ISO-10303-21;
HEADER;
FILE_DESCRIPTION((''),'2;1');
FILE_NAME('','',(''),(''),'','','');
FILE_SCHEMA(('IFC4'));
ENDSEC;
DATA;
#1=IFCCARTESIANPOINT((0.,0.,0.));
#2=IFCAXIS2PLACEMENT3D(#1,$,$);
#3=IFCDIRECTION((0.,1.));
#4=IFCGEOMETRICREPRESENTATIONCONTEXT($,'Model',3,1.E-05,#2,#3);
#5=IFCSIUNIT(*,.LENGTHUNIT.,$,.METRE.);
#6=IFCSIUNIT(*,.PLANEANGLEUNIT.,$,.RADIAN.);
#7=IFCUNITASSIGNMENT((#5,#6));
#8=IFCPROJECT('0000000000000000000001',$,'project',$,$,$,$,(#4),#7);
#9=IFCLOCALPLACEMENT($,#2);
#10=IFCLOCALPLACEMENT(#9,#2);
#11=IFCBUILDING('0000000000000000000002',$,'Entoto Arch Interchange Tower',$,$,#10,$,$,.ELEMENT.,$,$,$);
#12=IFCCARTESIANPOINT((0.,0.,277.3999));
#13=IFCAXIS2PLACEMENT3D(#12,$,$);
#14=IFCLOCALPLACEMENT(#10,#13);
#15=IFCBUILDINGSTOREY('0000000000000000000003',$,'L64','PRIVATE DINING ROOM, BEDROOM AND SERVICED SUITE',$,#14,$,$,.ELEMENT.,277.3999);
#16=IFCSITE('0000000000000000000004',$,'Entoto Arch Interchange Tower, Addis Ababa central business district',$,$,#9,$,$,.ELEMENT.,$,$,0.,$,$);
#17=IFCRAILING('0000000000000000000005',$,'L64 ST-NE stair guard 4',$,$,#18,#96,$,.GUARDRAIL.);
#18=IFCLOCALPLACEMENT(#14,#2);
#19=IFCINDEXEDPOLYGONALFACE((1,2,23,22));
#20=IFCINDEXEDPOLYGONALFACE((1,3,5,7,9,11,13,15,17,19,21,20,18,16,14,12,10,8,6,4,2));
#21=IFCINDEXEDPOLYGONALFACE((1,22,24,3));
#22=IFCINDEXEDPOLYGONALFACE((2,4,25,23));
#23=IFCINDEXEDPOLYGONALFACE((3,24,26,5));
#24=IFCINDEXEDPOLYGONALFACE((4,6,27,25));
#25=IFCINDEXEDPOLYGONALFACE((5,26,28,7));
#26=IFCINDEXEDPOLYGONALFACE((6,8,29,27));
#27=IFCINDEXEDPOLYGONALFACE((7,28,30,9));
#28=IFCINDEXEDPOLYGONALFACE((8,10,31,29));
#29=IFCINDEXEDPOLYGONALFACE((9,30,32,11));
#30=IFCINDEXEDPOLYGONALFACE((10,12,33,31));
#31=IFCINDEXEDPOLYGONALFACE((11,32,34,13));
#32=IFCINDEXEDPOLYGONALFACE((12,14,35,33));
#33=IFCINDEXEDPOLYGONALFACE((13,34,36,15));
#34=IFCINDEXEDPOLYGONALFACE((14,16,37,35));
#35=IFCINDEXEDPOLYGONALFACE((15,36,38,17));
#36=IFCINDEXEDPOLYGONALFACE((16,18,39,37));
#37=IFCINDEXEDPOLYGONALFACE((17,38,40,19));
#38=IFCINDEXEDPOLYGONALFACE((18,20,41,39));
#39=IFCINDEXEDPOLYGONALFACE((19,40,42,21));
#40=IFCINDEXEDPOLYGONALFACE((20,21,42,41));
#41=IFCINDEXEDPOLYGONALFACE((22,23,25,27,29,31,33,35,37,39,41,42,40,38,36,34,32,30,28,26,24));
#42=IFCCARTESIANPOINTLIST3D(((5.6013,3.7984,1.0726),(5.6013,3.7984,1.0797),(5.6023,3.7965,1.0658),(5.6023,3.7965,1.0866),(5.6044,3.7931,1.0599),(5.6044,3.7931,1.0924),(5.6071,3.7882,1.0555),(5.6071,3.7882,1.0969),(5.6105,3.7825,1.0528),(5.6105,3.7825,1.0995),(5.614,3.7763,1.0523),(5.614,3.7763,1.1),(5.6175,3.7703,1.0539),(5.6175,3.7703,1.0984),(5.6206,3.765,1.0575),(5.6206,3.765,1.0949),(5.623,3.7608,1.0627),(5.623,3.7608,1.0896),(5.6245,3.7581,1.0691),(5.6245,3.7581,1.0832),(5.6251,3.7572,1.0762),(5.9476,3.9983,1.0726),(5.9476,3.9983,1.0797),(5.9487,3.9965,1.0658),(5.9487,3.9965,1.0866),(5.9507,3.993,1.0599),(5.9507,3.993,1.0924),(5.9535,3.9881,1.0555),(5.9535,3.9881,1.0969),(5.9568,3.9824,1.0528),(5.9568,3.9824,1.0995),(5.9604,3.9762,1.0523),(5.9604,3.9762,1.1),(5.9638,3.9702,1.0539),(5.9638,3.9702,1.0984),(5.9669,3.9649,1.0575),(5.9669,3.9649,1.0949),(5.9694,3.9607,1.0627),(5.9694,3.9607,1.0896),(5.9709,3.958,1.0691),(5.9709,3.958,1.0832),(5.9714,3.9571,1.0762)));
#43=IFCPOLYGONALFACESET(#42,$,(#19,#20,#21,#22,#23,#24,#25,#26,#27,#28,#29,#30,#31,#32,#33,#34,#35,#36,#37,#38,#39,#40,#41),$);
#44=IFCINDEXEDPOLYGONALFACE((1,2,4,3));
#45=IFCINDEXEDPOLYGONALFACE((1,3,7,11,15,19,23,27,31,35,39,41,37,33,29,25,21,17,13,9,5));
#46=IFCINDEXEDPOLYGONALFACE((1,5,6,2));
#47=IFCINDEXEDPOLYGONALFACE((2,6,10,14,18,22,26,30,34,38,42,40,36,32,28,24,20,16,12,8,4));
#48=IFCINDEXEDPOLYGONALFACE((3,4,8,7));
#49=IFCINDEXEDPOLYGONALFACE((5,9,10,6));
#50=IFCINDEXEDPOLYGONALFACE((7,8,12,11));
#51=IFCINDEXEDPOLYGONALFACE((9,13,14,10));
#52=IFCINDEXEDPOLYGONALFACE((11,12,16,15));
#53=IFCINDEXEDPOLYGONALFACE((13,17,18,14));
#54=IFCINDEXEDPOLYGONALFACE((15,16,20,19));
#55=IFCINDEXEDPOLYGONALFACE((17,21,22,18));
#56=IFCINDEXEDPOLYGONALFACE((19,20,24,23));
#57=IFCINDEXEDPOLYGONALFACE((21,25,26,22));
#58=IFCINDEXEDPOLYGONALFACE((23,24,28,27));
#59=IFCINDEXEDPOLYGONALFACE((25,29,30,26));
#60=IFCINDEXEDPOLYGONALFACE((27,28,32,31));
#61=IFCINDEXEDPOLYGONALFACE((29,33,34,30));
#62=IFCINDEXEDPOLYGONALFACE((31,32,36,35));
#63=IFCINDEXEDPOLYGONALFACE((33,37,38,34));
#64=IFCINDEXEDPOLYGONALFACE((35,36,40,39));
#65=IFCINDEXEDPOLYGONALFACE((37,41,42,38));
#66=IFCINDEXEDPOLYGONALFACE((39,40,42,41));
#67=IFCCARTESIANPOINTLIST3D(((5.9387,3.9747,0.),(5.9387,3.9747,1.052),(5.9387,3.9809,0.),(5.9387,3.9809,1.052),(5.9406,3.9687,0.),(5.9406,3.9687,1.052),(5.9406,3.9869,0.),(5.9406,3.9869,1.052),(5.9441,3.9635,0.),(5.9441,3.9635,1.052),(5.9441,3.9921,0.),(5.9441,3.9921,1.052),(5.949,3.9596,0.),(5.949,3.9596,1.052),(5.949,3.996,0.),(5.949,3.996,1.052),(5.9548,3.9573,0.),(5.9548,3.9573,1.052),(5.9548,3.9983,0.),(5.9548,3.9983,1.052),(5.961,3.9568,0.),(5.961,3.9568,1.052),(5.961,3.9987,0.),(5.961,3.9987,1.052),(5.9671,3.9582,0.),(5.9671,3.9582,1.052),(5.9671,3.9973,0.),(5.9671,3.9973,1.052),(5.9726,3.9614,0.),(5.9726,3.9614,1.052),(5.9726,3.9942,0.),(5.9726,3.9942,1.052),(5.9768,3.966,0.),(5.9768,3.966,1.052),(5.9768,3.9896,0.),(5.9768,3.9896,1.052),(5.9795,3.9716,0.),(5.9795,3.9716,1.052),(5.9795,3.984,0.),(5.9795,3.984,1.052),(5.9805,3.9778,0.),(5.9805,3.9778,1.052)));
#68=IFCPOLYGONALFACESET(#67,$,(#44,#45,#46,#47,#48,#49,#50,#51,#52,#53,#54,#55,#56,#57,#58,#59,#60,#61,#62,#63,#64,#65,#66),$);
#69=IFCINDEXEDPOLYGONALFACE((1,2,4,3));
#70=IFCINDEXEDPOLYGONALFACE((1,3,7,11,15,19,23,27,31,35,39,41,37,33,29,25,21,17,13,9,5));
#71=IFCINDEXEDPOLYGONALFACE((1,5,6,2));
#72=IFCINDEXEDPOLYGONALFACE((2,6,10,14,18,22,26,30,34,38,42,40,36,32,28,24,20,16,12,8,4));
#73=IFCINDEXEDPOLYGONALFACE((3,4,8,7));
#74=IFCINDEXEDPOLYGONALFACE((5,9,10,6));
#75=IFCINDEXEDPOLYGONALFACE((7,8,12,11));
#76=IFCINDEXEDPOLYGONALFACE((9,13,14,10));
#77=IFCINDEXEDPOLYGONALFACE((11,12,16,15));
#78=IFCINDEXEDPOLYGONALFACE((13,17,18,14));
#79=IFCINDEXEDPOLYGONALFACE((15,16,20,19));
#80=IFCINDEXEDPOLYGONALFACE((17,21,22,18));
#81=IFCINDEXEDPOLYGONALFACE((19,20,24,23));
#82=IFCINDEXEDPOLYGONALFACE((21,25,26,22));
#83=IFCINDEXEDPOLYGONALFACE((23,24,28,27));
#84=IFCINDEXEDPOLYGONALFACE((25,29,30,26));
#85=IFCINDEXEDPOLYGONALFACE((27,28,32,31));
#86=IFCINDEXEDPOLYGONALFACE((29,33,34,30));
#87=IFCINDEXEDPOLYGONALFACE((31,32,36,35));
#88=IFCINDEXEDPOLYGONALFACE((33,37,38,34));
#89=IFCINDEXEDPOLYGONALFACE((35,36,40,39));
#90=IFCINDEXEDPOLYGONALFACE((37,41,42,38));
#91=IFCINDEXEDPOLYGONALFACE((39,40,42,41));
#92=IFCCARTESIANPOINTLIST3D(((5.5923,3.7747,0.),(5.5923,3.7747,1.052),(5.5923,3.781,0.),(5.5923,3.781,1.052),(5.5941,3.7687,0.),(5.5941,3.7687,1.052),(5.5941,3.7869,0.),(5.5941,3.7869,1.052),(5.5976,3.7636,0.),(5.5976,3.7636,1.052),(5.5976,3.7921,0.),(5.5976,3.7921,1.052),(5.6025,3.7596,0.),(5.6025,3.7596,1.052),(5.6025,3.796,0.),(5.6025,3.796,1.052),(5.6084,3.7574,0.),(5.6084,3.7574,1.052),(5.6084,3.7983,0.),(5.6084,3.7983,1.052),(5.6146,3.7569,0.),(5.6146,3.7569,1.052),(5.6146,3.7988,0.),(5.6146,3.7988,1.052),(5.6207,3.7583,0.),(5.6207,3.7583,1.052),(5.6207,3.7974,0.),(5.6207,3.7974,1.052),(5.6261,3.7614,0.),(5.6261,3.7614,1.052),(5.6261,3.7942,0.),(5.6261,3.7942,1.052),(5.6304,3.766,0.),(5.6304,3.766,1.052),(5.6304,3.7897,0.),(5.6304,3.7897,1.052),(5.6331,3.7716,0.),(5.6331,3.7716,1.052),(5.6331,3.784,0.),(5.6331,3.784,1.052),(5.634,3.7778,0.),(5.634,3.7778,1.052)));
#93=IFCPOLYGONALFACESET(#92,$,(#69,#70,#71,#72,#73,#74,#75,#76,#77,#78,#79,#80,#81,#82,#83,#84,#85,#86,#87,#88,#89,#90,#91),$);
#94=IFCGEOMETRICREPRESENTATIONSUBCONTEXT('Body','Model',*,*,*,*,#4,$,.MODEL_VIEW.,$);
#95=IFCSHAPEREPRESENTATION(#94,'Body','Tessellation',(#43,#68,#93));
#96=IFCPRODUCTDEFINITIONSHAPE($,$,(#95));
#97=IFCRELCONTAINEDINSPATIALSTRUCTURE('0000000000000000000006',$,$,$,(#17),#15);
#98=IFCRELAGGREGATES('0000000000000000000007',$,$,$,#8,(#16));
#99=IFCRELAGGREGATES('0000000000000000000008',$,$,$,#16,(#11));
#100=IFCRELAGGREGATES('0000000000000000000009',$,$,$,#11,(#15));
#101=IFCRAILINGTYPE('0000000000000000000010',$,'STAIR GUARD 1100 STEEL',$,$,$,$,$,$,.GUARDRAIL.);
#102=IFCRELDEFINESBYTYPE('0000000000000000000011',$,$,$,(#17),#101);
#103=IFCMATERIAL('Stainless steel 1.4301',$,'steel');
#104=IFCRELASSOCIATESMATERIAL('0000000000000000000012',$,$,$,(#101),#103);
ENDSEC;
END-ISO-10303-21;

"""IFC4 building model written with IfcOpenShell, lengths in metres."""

from ifc_helpers import new_model, si_unit, direction, frame, origin, origin_2d, place, context, subcontext, project, spatial, circle, extrude, material, type_object, element, save


model = new_model("IFC4")

# Units and contexts
model_context = context("Model", 3, precision=1e-05, world=origin(), true_north=direction((0.0, 1.0)))
body_context = subcontext(model_context, "Body", "Model", "MODEL_VIEW")
ifc_project = project(units=[si_unit("LENGTHUNIT", "METRE"), si_unit("PLANEANGLEUNIT", "RADIAN")], contexts=[model_context])

# Site, building, storey
site_placement = place(None, origin())
site = spatial("IfcSite", under=ifc_project, at=site_placement, Name="Entoto Arch Interchange Tower, Addis Ababa central business district", CompositionType="ELEMENT", RefElevation=0.0)
building_placement = place(site_placement, origin())
building = spatial("IfcBuilding", under=site, at=building_placement, Name="Entoto Arch Interchange Tower", CompositionType="ELEMENT")
storey_placement = place(building_placement, frame((0.0, 0.0, 277.3999)))
storey = spatial("IfcBuildingStorey", under=building, at=storey_placement, Name="L64", Description="PRIVATE DINING ROOM, BEDROOM AND SERVICED SUITE", CompositionType="ELEMENT", Elevation=277.3999)

# Railing
ifc_material_1 = material(Name="Stainless steel 1.4301", Category="steel")
railing_type_1 = type_object("IfcRailingType", Name="STAIR GUARD 1100 STEEL", PredefinedType="GUARDRAIL", material=ifc_material_1)
railing_1_placement = place(storey_placement, frame((5.9595, 3.9778, 0.0)))
element("IfcRailing", 1, at=railing_1_placement, inside=storey, type_object=railing_type_1, Name="L64 ST-NE stair guard 4", PredefinedType="GUARDRAIL", context=body_context, shape_type="SweptSolid", body=[
    extrude(circle(Radius=0.0239, at=origin_2d()), frame((0.0, 0.0, 1.0762), z_axis=(-0.866094, -0.499881, 0.0), x_axis=(0.499881, -0.866094, 0.0)), (0.0, 0.0, 1.0), 0.3999),
    extrude(circle(Radius=0.021, at=origin_2d()), origin(), (0.0, 0.0, 1.0), 1.052),
    extrude(circle(Radius=0.021, at=origin_2d()), frame((-0.3464, -0.2, 0.0)), (0.0, 0.0, 1.0), 1.052),
])

save(model, "model.ifc")
